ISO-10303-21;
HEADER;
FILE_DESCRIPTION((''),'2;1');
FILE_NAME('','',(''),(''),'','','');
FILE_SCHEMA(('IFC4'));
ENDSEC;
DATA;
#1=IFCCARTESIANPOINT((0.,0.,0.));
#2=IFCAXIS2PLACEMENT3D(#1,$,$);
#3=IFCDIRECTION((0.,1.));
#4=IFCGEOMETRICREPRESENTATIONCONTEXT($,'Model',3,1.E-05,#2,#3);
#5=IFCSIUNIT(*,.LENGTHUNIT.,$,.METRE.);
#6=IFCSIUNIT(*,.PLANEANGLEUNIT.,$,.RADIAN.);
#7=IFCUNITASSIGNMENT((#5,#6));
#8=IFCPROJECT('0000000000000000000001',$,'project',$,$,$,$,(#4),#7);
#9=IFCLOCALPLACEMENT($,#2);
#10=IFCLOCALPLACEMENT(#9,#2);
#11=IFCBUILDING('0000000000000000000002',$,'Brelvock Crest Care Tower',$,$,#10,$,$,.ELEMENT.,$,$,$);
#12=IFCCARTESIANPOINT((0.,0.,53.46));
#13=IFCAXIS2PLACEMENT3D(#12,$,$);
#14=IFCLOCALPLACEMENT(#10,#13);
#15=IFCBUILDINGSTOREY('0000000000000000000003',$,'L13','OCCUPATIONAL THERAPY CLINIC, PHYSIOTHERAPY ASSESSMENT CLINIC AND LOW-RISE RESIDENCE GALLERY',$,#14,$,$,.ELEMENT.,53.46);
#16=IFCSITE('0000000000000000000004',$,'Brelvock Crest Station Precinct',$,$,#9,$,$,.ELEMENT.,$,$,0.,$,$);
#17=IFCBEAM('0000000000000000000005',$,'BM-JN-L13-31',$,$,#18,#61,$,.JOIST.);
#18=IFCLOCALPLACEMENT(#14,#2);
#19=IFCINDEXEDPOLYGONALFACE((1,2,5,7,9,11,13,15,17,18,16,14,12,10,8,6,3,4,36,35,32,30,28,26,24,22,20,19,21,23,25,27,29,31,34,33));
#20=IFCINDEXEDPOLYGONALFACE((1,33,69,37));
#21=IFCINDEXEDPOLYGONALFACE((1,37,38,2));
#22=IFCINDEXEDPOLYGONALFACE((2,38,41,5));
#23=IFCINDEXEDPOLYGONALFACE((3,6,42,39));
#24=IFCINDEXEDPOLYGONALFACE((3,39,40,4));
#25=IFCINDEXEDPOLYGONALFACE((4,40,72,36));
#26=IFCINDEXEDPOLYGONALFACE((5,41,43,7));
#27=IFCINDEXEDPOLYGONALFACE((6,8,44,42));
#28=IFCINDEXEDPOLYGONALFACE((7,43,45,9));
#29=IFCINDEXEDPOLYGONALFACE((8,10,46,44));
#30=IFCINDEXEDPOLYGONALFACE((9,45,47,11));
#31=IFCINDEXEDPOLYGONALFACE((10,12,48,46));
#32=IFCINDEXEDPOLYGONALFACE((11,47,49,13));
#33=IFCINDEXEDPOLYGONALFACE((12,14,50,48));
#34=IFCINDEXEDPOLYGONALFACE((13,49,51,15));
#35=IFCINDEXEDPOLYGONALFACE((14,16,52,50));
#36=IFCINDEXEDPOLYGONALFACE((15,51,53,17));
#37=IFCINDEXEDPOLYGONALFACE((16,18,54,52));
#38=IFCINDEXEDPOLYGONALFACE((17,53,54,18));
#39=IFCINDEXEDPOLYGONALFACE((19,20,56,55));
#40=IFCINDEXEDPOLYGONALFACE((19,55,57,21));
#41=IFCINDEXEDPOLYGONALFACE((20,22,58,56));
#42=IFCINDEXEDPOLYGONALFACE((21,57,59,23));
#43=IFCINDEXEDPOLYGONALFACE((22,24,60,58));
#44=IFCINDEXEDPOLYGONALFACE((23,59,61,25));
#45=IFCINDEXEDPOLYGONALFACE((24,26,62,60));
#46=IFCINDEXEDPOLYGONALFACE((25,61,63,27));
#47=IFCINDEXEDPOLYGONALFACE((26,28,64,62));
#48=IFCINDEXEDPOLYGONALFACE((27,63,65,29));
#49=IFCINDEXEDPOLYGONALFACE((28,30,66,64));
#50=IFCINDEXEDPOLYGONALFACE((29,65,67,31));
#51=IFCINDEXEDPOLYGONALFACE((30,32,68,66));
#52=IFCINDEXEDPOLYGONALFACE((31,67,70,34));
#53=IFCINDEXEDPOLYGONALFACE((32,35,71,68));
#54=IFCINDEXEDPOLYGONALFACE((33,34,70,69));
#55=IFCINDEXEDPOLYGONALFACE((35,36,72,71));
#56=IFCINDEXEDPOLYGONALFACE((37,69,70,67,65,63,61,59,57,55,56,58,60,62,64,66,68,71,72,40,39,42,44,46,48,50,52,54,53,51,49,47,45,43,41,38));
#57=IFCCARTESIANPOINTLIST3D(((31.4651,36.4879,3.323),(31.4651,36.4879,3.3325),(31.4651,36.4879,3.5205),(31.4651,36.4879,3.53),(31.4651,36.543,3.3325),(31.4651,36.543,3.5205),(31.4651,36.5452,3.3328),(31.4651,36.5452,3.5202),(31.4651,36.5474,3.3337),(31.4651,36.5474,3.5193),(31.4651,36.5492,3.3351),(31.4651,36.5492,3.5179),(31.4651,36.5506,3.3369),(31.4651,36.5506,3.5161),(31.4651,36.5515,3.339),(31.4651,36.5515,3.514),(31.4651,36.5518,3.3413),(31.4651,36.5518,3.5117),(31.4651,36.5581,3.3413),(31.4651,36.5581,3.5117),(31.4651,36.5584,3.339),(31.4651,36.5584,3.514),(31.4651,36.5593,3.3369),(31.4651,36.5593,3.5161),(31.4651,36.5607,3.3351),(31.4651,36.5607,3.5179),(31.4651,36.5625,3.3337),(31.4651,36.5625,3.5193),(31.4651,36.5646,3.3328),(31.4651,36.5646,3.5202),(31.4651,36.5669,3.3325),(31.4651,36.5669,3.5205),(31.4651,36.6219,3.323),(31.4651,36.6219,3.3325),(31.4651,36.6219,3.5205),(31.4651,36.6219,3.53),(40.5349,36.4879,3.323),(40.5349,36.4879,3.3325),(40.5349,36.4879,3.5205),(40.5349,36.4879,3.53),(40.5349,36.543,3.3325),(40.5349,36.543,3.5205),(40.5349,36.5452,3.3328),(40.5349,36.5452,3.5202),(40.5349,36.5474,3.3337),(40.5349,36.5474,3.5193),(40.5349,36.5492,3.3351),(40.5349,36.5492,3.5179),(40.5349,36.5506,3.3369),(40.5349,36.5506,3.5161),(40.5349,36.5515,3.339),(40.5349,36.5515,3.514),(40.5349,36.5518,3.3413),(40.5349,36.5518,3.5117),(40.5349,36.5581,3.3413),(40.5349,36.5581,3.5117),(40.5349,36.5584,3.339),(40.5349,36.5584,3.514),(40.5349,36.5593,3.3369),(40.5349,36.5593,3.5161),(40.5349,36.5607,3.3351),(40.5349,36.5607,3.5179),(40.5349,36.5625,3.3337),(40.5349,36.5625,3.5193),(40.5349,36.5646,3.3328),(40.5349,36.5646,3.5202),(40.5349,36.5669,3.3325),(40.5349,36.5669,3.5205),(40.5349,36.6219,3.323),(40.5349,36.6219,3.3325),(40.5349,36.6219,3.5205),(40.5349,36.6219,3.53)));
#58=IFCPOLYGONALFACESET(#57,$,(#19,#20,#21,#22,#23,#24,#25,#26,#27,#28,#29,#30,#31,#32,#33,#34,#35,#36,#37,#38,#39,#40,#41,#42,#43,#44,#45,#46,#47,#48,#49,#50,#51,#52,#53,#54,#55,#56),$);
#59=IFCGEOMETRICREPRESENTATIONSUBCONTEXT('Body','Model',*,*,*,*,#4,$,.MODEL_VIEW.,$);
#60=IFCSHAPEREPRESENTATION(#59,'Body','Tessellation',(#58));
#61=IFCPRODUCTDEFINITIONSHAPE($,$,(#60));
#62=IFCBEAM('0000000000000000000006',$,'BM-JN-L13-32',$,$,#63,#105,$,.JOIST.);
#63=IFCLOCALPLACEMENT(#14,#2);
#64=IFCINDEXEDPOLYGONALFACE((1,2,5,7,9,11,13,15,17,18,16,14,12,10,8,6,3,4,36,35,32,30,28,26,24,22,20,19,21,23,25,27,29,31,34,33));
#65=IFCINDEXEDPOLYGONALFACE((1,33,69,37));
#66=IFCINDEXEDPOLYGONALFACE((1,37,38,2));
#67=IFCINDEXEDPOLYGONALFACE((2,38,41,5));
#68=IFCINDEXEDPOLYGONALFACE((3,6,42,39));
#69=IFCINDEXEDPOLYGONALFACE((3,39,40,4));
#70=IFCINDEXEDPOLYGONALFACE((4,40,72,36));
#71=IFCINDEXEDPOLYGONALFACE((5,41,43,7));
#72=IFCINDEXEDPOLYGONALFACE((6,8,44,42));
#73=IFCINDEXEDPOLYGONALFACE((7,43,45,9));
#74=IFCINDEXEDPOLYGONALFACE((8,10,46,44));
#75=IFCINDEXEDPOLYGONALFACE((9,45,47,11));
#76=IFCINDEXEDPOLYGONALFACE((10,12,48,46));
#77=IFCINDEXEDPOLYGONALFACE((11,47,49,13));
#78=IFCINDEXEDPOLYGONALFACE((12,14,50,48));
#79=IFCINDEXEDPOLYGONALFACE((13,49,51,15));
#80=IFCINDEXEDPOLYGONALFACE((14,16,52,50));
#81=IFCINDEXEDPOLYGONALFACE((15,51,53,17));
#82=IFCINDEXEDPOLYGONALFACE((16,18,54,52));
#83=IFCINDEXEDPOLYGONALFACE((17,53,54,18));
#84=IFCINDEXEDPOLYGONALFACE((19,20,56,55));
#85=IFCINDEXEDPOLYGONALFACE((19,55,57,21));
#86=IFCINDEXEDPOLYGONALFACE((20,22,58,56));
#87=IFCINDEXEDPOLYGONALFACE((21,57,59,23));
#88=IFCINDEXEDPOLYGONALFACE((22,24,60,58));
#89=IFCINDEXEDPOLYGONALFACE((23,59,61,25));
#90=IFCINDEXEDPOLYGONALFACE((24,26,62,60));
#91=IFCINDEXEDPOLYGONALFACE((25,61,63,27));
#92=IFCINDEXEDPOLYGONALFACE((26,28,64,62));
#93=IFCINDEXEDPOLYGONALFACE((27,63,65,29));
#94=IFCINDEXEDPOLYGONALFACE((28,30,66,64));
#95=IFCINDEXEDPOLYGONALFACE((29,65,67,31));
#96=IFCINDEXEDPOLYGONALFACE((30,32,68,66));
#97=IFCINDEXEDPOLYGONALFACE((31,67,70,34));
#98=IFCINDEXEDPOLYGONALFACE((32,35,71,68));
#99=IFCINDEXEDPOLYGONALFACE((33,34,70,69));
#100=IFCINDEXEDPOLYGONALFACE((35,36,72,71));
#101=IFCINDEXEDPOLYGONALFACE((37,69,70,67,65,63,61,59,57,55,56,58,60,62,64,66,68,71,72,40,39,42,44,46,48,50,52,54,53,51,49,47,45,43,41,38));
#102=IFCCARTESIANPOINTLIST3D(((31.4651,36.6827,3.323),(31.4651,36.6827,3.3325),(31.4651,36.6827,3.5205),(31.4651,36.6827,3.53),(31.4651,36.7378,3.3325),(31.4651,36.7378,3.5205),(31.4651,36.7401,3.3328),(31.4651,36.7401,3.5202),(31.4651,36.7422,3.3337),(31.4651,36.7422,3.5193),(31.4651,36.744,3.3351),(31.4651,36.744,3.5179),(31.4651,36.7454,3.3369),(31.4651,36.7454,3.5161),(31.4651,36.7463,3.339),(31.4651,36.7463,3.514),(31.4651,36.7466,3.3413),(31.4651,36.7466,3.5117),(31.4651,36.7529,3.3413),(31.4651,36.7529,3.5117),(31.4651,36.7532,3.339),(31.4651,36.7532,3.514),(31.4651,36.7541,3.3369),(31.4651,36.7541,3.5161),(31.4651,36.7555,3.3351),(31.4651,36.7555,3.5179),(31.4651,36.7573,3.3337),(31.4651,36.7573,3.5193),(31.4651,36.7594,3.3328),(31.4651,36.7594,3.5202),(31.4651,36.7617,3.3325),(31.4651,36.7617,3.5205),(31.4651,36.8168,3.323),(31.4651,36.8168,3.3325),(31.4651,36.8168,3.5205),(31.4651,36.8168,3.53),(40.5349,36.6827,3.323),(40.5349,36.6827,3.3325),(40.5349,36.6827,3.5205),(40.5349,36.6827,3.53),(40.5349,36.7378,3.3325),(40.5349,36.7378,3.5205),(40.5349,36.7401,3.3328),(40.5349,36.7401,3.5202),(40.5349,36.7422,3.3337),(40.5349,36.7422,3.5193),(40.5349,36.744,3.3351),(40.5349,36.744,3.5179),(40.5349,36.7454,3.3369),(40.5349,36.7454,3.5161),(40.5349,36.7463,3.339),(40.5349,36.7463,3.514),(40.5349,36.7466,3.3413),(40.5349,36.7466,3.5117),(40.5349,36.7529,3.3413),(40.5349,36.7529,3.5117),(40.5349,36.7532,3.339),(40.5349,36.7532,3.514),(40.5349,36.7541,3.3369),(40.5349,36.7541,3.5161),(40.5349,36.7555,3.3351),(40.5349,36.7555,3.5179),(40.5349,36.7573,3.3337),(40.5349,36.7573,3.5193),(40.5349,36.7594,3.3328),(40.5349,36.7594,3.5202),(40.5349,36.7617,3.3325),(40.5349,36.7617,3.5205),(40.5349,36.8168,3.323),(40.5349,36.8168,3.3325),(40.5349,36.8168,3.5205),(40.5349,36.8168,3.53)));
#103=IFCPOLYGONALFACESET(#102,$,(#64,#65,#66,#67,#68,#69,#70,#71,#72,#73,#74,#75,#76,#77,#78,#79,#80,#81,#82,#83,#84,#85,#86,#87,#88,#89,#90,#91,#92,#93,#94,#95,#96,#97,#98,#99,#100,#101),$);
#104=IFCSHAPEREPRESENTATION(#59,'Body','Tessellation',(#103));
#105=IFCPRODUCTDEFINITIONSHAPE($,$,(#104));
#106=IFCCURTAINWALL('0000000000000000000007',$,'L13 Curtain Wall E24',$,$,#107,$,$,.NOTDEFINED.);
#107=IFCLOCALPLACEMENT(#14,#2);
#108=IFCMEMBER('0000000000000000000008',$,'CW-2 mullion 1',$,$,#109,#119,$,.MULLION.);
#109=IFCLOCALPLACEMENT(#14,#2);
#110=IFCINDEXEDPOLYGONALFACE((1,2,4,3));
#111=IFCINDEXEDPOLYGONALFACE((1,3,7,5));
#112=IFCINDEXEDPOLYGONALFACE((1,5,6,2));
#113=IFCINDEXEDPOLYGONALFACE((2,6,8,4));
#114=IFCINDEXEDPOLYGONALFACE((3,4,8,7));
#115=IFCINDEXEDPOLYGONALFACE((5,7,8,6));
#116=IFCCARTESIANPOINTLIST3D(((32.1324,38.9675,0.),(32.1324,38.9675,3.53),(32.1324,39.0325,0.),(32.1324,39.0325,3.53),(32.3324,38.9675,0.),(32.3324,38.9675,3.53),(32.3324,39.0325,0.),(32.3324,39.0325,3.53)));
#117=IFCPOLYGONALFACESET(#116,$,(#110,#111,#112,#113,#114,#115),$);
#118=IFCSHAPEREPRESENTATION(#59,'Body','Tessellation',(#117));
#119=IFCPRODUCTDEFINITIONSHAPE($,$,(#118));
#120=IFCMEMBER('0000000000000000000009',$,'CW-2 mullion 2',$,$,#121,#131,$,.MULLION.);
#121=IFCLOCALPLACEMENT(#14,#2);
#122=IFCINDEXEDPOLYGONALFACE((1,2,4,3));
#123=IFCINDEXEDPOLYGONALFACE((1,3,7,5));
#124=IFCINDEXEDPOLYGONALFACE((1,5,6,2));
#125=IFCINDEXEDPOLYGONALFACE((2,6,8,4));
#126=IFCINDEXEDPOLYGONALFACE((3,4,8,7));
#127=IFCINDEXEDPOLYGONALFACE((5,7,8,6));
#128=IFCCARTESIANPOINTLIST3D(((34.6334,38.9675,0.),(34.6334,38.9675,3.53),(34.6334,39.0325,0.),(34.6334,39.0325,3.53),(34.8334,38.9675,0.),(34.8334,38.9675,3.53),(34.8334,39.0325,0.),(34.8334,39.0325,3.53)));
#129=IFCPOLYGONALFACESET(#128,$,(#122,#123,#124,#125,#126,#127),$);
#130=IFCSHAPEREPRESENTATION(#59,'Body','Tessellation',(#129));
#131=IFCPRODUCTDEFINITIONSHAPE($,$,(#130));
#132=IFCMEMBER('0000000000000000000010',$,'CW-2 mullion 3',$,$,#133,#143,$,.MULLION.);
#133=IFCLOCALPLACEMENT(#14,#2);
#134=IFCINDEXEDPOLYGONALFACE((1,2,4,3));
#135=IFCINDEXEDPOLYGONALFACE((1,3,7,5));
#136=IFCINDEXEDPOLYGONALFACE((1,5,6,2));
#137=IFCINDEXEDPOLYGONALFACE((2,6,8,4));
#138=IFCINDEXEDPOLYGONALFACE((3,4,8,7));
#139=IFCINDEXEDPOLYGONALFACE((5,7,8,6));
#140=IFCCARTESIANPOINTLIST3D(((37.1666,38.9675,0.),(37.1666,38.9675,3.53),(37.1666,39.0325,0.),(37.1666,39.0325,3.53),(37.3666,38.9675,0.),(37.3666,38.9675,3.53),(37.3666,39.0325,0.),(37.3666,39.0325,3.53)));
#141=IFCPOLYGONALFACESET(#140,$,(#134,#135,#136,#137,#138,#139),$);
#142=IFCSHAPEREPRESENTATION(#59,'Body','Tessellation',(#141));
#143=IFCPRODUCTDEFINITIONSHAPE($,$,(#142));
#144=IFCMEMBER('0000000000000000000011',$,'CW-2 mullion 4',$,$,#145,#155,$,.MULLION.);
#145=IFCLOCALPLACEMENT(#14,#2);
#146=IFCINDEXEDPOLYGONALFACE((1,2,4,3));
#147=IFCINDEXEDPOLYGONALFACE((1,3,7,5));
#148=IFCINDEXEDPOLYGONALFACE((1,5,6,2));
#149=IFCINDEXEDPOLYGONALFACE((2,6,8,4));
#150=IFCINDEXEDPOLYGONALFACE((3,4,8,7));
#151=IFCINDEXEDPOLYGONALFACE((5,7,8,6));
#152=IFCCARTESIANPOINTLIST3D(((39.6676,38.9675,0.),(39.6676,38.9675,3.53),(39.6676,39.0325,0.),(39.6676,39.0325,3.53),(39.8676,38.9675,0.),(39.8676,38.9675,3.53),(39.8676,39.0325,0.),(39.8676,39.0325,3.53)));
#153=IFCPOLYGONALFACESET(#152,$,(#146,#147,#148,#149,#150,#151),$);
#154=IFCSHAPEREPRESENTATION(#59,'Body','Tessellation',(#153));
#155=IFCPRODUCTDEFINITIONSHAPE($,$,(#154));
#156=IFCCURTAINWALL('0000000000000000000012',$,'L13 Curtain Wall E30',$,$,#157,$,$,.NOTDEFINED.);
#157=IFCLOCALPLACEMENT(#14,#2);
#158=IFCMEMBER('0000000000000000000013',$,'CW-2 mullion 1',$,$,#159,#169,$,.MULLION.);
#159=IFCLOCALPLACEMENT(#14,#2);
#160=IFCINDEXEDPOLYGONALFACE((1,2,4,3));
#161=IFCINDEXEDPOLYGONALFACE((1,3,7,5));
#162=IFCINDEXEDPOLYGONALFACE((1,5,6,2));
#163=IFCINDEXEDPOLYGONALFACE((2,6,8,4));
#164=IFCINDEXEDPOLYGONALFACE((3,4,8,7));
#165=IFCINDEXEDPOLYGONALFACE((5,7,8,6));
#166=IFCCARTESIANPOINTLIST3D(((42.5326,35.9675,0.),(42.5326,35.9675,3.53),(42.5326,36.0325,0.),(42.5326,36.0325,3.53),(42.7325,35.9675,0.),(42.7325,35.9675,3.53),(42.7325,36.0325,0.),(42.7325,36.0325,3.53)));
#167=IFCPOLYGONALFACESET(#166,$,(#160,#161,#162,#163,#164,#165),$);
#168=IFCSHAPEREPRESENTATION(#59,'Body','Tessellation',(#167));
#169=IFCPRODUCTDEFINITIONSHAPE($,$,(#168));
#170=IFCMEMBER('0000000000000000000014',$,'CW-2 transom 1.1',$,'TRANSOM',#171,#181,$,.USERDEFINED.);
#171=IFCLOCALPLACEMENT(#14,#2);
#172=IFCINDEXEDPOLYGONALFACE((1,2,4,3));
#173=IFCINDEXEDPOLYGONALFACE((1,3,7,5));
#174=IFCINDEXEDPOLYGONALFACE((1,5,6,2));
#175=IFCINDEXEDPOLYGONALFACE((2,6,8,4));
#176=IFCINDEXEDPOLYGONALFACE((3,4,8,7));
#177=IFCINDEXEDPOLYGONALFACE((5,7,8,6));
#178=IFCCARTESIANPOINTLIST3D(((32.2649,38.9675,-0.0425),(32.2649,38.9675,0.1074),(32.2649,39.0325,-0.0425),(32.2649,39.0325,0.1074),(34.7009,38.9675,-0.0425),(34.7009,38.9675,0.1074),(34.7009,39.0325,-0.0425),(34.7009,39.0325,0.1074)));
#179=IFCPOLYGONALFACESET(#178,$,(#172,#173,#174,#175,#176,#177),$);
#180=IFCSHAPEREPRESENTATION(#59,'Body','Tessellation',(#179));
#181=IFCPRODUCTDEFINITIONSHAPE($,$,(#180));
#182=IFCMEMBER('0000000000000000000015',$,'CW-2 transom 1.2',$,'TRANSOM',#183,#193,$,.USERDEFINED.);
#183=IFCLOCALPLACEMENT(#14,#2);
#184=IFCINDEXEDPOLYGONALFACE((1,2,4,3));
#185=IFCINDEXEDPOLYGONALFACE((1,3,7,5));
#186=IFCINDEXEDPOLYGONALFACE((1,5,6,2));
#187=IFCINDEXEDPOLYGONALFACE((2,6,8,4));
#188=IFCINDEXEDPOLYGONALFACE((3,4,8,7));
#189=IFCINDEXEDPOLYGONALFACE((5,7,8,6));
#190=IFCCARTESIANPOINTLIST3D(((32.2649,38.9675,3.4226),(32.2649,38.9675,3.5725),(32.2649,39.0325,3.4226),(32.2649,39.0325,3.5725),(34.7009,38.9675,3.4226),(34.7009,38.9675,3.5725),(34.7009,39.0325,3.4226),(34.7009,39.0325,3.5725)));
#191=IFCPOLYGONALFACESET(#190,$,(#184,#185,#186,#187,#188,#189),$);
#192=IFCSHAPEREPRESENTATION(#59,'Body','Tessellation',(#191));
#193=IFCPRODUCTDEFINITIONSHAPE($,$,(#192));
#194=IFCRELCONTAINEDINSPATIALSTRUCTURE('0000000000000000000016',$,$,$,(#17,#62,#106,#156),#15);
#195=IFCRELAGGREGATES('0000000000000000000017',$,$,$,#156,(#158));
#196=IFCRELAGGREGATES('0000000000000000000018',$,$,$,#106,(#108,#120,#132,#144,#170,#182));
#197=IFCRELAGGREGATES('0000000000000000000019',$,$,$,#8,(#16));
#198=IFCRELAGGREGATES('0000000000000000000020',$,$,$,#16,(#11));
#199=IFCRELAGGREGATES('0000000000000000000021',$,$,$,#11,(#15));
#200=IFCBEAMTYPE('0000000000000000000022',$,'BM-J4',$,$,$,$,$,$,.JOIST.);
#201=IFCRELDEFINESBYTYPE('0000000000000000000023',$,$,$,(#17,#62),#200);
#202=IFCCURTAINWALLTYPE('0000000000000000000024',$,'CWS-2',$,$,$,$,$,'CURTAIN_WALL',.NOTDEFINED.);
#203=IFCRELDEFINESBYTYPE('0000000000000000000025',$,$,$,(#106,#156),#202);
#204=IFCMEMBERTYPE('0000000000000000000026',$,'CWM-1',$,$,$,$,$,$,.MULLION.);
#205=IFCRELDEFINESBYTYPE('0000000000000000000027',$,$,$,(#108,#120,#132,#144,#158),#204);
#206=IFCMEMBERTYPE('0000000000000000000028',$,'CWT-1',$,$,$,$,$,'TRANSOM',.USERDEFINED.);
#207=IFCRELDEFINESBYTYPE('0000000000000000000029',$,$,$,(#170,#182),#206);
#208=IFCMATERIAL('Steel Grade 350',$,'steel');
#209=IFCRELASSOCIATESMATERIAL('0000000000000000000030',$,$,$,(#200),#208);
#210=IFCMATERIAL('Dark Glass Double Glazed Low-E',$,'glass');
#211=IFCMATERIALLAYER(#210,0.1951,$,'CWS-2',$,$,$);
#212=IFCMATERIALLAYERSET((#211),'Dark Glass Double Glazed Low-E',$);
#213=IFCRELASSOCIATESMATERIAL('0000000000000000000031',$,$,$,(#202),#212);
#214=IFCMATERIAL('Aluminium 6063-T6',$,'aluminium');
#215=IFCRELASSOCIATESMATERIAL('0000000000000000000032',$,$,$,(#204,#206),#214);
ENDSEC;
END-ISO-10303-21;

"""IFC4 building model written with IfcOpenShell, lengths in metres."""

from ifc_helpers import new_model, si_unit, direction, frame, origin, origin_2d, place, context, subcontext, project, spatial, rectangle, i_section, extrude, source, transform, mapped, material, layer, layer_set, material_profile, profile_set, type_object, element, aggregate, save


model = new_model("IFC4")

# Units and contexts
model_context = context("Model", 3, precision=1e-05, world=origin(), true_north=direction((0.0, 1.0)))
body_context = subcontext(model_context, "Body", "Model", "MODEL_VIEW")
ifc_project = project(units=[si_unit("LENGTHUNIT", "METRE"), si_unit("PLANEANGLEUNIT", "RADIAN")], contexts=[model_context])

# Site, building, storey
site_placement = place(None, origin())
site = spatial("IfcSite", under=ifc_project, at=site_placement, Name="Brelvock Crest Station Precinct", CompositionType="ELEMENT", RefElevation=0.0)
building_placement = place(site_placement, origin())
building = spatial("IfcBuilding", under=site, at=building_placement, Name="Brelvock Crest Care Tower", CompositionType="ELEMENT")
storey_placement = place(building_placement, frame((0.0, 0.0, 53.46)))
storey = spatial("IfcBuildingStorey", under=building, at=storey_placement, Name="L13", Description="OCCUPATIONAL THERAPY CLINIC, PHYSIOTHERAPY ASSESSMENT CLINIC AND LOW-RISE RESIDENCE GALLERY", CompositionType="ELEMENT", Elevation=53.46)

# Shared definitions
ifc_material_1 = material(Name="Steel Grade 350", Category="steel")

# Beams
ifc_material_profile_1 = material_profile(ifc_material_1, i_section(OverallWidth=0.134, OverallDepth=0.207, WebThickness=0.0063, FlangeThickness=0.0095, FilletRadius=0.0088, at=origin_2d()), Name="200UB29.8")
ifc_profile_set_1 = profile_set([ifc_material_profile_1], Name="Steel Grade 350")
beam_type_1 = type_object("IfcBeamType", Name="BM-J4", PredefinedType="JOIST", material=ifc_profile_set_1)
shared_shape_1 = source(origin(), body_context, "Body", "SweptSolid", [
    extrude(i_section(OverallWidth=0.134, OverallDepth=0.207, WebThickness=0.0063, FlangeThickness=0.0095, FilletRadius=0.0088, at=origin_2d()), origin(), (0.0, 0.0, 1.0), 9.0698),
])
for number, where, z_axis, x_axis, name in (
    (1, (31.4651, 36.5549, 3.4265), (1.0, 0.0, 0.0), (0.0, 1.0, 0.0), "BM-JN-L13-31"),
    (2, (31.4651, 36.7498, 3.4265), (1.0, 0.0, 0.0), (0.0, 1.0, 0.0), "BM-JN-L13-32"),
):
    element("IfcBeam", number, at=place(storey_placement, frame(where, z_axis=z_axis, x_axis=x_axis)), inside=storey, type_object=beam_type_1, Name=name, PredefinedType="JOIST", context=body_context, shape_type="MappedRepresentation", body=[
        mapped(shared_shape_1, transform((0.0, 0.0, 0.0), x_axis=(1.0, 0.0, 0.0), y_axis=(0.0, 1.0, 0.0), z_axis=(0.0, 0.0, 1.0), scale=1.0)),
    ])

# Curtain wall, members
ifc_material_2 = material(Name="Dark Glass Double Glazed Low-E", Category="glass")
ifc_layer_1 = layer(ifc_material_2, 0.1951, Name="CWS-2")
ifc_layer_set_1 = layer_set([ifc_layer_1], Name="Dark Glass Double Glazed Low-E")
curtain_wall_type = type_object("IfcCurtainWallType", Name="CWS-2", ElementType="CURTAIN_WALL", PredefinedType="NOTDEFINED", material=ifc_layer_set_1)
curtain_wall_1_placement = place(storey_placement, origin())
curtain_wall_1 = element("IfcCurtainWall", 3, at=curtain_wall_1_placement, inside=storey, type_object=curtain_wall_type, Name="L13 Curtain Wall E24", PredefinedType="NOTDEFINED")
ifc_material_3 = material(Name="Aluminium 6063-T6", Category="aluminium")
ifc_material_profile_2 = material_profile(ifc_material_3, rectangle(XDim=0.0649, YDim=0.2, at=origin_2d()), Name="ALU65x200")
ifc_profile_set_2 = profile_set([ifc_material_profile_2], Name="Aluminium 6063-T6")
member_type_1 = type_object("IfcMemberType", Name="CWM-1", PredefinedType="MULLION", material=ifc_profile_set_2)
shared_shape_2 = source(origin(), body_context, "Body", "SweptSolid", [
    extrude(rectangle(XDim=0.0649, YDim=0.2, at=origin_2d()), origin(), (0.0, 0.0, 1.0), 3.53),
])
member_1_placement = place(storey_placement, frame((32.2324, 39.0, 0.0), z_axis=(0.0, 0.0, 1.0), x_axis=(0.0, 1.0, 0.0)))
member_1 = element("IfcMember", 4, at=member_1_placement, type_object=member_type_1, Name="CW-2 mullion 1", PredefinedType="MULLION", context=body_context, shape_type="MappedRepresentation", body=[
    mapped(shared_shape_2, transform((0.0, 0.0, 0.0), x_axis=(1.0, 0.0, 0.0), y_axis=(0.0, 1.0, 0.0), z_axis=(0.0, 0.0, 1.0), scale=1.0)),
])
member_2_placement = place(storey_placement, frame((34.7334, 39.0, 0.0), z_axis=(0.0, 0.0, 1.0), x_axis=(0.0, 1.0, 0.0)))
member_2 = element("IfcMember", 5, at=member_2_placement, type_object=member_type_1, Name="CW-2 mullion 2", PredefinedType="MULLION", context=body_context, shape_type="MappedRepresentation", body=[
    mapped(shared_shape_2, transform((0.0, 0.0, 0.0), x_axis=(1.0, 0.0, 0.0), y_axis=(0.0, 1.0, 0.0), z_axis=(0.0, 0.0, 1.0), scale=1.0)),
])
member_3_placement = place(storey_placement, frame((37.2666, 39.0, 0.0), z_axis=(0.0, 0.0, 1.0), x_axis=(0.0, 1.0, 0.0)))
member_3 = element("IfcMember", 6, at=member_3_placement, type_object=member_type_1, Name="CW-2 mullion 3", PredefinedType="MULLION", context=body_context, shape_type="MappedRepresentation", body=[
    mapped(shared_shape_2, transform((0.0, 0.0, 0.0), x_axis=(1.0, 0.0, 0.0), y_axis=(0.0, 1.0, 0.0), z_axis=(0.0, 0.0, 1.0), scale=1.0)),
])
member_4_placement = place(storey_placement, frame((39.7676, 39.0, 0.0), z_axis=(0.0, 0.0, 1.0), x_axis=(0.0, 1.0, 0.0)))
member_4 = element("IfcMember", 7, at=member_4_placement, type_object=member_type_1, Name="CW-2 mullion 4", PredefinedType="MULLION", context=body_context, shape_type="MappedRepresentation", body=[
    mapped(shared_shape_2, transform((0.0, 0.0, 0.0), x_axis=(1.0, 0.0, 0.0), y_axis=(0.0, 1.0, 0.0), z_axis=(0.0, 0.0, 1.0), scale=1.0)),
])

# Curtain wall, member
curtain_wall_2_placement = place(storey_placement, origin())
curtain_wall_2 = element("IfcCurtainWall", 8, at=curtain_wall_2_placement, inside=storey, type_object=curtain_wall_type, Name="L13 Curtain Wall E30", PredefinedType="NOTDEFINED")
member_5_placement = place(storey_placement, frame((42.6326, 36.0, 0.0), z_axis=(0.0, 0.0, 1.0), x_axis=(0.0, 1.0, 0.0)))
member_5 = element("IfcMember", 9, at=member_5_placement, type_object=member_type_1, Name="CW-2 mullion 1", PredefinedType="MULLION", context=body_context, shape_type="MappedRepresentation", body=[
    mapped(shared_shape_2, transform((0.0, 0.0, 0.0), x_axis=(1.0, 0.0, 0.0), y_axis=(0.0, 1.0, 0.0), z_axis=(0.0, 0.0, 1.0), scale=1.0)),
])
aggregate(curtain_wall_2, [member_5])

# Members
ifc_material_profile_3 = material_profile(ifc_material_3, rectangle(XDim=0.0649, YDim=0.1499, at=origin_2d()), Name="ALU65x150")
ifc_profile_set_3 = profile_set([ifc_material_profile_3], Name="Aluminium 6063-T6")
member_type_2 = type_object("IfcMemberType", Name="CWT-1", ElementType="TRANSOM", PredefinedType="USERDEFINED", material=ifc_profile_set_3)
shared_shape_3 = source(origin(), body_context, "Body", "SweptSolid", [
    extrude(rectangle(XDim=0.0649, YDim=0.1499, at=origin_2d()), origin(), (0.0, 0.0, 1.0), 2.436),
])
member_6_placement = place(storey_placement, frame((32.2649, 39.0, 0.0325), z_axis=(1.0, 0.0, 0.0), x_axis=(0.0, 1.0, 0.0)))
member_6 = element("IfcMember", 10, at=member_6_placement, type_object=member_type_2, Name="CW-2 transom 1.1", ObjectType="TRANSOM", PredefinedType="USERDEFINED", context=body_context, shape_type="MappedRepresentation", body=[
    mapped(shared_shape_3, transform((0.0, 0.0, 0.0), x_axis=(1.0, 0.0, 0.0), y_axis=(0.0, 1.0, 0.0), z_axis=(0.0, 0.0, 1.0), scale=1.0)),
])
member_7_placement = place(storey_placement, frame((32.2649, 39.0, 3.4976), z_axis=(1.0, 0.0, 0.0), x_axis=(0.0, 1.0, 0.0)))
member_7 = element("IfcMember", 11, at=member_7_placement, type_object=member_type_2, Name="CW-2 transom 1.2", ObjectType="TRANSOM", PredefinedType="USERDEFINED", context=body_context, shape_type="MappedRepresentation", body=[
    mapped(shared_shape_3, transform((0.0, 0.0, 0.0), x_axis=(1.0, 0.0, 0.0), y_axis=(0.0, 1.0, 0.0), z_axis=(0.0, 0.0, 1.0), scale=1.0)),
])

aggregate(curtain_wall_1, [member_1, member_2, member_3, member_4, member_6, member_7])

save(model, "model.ifc")
